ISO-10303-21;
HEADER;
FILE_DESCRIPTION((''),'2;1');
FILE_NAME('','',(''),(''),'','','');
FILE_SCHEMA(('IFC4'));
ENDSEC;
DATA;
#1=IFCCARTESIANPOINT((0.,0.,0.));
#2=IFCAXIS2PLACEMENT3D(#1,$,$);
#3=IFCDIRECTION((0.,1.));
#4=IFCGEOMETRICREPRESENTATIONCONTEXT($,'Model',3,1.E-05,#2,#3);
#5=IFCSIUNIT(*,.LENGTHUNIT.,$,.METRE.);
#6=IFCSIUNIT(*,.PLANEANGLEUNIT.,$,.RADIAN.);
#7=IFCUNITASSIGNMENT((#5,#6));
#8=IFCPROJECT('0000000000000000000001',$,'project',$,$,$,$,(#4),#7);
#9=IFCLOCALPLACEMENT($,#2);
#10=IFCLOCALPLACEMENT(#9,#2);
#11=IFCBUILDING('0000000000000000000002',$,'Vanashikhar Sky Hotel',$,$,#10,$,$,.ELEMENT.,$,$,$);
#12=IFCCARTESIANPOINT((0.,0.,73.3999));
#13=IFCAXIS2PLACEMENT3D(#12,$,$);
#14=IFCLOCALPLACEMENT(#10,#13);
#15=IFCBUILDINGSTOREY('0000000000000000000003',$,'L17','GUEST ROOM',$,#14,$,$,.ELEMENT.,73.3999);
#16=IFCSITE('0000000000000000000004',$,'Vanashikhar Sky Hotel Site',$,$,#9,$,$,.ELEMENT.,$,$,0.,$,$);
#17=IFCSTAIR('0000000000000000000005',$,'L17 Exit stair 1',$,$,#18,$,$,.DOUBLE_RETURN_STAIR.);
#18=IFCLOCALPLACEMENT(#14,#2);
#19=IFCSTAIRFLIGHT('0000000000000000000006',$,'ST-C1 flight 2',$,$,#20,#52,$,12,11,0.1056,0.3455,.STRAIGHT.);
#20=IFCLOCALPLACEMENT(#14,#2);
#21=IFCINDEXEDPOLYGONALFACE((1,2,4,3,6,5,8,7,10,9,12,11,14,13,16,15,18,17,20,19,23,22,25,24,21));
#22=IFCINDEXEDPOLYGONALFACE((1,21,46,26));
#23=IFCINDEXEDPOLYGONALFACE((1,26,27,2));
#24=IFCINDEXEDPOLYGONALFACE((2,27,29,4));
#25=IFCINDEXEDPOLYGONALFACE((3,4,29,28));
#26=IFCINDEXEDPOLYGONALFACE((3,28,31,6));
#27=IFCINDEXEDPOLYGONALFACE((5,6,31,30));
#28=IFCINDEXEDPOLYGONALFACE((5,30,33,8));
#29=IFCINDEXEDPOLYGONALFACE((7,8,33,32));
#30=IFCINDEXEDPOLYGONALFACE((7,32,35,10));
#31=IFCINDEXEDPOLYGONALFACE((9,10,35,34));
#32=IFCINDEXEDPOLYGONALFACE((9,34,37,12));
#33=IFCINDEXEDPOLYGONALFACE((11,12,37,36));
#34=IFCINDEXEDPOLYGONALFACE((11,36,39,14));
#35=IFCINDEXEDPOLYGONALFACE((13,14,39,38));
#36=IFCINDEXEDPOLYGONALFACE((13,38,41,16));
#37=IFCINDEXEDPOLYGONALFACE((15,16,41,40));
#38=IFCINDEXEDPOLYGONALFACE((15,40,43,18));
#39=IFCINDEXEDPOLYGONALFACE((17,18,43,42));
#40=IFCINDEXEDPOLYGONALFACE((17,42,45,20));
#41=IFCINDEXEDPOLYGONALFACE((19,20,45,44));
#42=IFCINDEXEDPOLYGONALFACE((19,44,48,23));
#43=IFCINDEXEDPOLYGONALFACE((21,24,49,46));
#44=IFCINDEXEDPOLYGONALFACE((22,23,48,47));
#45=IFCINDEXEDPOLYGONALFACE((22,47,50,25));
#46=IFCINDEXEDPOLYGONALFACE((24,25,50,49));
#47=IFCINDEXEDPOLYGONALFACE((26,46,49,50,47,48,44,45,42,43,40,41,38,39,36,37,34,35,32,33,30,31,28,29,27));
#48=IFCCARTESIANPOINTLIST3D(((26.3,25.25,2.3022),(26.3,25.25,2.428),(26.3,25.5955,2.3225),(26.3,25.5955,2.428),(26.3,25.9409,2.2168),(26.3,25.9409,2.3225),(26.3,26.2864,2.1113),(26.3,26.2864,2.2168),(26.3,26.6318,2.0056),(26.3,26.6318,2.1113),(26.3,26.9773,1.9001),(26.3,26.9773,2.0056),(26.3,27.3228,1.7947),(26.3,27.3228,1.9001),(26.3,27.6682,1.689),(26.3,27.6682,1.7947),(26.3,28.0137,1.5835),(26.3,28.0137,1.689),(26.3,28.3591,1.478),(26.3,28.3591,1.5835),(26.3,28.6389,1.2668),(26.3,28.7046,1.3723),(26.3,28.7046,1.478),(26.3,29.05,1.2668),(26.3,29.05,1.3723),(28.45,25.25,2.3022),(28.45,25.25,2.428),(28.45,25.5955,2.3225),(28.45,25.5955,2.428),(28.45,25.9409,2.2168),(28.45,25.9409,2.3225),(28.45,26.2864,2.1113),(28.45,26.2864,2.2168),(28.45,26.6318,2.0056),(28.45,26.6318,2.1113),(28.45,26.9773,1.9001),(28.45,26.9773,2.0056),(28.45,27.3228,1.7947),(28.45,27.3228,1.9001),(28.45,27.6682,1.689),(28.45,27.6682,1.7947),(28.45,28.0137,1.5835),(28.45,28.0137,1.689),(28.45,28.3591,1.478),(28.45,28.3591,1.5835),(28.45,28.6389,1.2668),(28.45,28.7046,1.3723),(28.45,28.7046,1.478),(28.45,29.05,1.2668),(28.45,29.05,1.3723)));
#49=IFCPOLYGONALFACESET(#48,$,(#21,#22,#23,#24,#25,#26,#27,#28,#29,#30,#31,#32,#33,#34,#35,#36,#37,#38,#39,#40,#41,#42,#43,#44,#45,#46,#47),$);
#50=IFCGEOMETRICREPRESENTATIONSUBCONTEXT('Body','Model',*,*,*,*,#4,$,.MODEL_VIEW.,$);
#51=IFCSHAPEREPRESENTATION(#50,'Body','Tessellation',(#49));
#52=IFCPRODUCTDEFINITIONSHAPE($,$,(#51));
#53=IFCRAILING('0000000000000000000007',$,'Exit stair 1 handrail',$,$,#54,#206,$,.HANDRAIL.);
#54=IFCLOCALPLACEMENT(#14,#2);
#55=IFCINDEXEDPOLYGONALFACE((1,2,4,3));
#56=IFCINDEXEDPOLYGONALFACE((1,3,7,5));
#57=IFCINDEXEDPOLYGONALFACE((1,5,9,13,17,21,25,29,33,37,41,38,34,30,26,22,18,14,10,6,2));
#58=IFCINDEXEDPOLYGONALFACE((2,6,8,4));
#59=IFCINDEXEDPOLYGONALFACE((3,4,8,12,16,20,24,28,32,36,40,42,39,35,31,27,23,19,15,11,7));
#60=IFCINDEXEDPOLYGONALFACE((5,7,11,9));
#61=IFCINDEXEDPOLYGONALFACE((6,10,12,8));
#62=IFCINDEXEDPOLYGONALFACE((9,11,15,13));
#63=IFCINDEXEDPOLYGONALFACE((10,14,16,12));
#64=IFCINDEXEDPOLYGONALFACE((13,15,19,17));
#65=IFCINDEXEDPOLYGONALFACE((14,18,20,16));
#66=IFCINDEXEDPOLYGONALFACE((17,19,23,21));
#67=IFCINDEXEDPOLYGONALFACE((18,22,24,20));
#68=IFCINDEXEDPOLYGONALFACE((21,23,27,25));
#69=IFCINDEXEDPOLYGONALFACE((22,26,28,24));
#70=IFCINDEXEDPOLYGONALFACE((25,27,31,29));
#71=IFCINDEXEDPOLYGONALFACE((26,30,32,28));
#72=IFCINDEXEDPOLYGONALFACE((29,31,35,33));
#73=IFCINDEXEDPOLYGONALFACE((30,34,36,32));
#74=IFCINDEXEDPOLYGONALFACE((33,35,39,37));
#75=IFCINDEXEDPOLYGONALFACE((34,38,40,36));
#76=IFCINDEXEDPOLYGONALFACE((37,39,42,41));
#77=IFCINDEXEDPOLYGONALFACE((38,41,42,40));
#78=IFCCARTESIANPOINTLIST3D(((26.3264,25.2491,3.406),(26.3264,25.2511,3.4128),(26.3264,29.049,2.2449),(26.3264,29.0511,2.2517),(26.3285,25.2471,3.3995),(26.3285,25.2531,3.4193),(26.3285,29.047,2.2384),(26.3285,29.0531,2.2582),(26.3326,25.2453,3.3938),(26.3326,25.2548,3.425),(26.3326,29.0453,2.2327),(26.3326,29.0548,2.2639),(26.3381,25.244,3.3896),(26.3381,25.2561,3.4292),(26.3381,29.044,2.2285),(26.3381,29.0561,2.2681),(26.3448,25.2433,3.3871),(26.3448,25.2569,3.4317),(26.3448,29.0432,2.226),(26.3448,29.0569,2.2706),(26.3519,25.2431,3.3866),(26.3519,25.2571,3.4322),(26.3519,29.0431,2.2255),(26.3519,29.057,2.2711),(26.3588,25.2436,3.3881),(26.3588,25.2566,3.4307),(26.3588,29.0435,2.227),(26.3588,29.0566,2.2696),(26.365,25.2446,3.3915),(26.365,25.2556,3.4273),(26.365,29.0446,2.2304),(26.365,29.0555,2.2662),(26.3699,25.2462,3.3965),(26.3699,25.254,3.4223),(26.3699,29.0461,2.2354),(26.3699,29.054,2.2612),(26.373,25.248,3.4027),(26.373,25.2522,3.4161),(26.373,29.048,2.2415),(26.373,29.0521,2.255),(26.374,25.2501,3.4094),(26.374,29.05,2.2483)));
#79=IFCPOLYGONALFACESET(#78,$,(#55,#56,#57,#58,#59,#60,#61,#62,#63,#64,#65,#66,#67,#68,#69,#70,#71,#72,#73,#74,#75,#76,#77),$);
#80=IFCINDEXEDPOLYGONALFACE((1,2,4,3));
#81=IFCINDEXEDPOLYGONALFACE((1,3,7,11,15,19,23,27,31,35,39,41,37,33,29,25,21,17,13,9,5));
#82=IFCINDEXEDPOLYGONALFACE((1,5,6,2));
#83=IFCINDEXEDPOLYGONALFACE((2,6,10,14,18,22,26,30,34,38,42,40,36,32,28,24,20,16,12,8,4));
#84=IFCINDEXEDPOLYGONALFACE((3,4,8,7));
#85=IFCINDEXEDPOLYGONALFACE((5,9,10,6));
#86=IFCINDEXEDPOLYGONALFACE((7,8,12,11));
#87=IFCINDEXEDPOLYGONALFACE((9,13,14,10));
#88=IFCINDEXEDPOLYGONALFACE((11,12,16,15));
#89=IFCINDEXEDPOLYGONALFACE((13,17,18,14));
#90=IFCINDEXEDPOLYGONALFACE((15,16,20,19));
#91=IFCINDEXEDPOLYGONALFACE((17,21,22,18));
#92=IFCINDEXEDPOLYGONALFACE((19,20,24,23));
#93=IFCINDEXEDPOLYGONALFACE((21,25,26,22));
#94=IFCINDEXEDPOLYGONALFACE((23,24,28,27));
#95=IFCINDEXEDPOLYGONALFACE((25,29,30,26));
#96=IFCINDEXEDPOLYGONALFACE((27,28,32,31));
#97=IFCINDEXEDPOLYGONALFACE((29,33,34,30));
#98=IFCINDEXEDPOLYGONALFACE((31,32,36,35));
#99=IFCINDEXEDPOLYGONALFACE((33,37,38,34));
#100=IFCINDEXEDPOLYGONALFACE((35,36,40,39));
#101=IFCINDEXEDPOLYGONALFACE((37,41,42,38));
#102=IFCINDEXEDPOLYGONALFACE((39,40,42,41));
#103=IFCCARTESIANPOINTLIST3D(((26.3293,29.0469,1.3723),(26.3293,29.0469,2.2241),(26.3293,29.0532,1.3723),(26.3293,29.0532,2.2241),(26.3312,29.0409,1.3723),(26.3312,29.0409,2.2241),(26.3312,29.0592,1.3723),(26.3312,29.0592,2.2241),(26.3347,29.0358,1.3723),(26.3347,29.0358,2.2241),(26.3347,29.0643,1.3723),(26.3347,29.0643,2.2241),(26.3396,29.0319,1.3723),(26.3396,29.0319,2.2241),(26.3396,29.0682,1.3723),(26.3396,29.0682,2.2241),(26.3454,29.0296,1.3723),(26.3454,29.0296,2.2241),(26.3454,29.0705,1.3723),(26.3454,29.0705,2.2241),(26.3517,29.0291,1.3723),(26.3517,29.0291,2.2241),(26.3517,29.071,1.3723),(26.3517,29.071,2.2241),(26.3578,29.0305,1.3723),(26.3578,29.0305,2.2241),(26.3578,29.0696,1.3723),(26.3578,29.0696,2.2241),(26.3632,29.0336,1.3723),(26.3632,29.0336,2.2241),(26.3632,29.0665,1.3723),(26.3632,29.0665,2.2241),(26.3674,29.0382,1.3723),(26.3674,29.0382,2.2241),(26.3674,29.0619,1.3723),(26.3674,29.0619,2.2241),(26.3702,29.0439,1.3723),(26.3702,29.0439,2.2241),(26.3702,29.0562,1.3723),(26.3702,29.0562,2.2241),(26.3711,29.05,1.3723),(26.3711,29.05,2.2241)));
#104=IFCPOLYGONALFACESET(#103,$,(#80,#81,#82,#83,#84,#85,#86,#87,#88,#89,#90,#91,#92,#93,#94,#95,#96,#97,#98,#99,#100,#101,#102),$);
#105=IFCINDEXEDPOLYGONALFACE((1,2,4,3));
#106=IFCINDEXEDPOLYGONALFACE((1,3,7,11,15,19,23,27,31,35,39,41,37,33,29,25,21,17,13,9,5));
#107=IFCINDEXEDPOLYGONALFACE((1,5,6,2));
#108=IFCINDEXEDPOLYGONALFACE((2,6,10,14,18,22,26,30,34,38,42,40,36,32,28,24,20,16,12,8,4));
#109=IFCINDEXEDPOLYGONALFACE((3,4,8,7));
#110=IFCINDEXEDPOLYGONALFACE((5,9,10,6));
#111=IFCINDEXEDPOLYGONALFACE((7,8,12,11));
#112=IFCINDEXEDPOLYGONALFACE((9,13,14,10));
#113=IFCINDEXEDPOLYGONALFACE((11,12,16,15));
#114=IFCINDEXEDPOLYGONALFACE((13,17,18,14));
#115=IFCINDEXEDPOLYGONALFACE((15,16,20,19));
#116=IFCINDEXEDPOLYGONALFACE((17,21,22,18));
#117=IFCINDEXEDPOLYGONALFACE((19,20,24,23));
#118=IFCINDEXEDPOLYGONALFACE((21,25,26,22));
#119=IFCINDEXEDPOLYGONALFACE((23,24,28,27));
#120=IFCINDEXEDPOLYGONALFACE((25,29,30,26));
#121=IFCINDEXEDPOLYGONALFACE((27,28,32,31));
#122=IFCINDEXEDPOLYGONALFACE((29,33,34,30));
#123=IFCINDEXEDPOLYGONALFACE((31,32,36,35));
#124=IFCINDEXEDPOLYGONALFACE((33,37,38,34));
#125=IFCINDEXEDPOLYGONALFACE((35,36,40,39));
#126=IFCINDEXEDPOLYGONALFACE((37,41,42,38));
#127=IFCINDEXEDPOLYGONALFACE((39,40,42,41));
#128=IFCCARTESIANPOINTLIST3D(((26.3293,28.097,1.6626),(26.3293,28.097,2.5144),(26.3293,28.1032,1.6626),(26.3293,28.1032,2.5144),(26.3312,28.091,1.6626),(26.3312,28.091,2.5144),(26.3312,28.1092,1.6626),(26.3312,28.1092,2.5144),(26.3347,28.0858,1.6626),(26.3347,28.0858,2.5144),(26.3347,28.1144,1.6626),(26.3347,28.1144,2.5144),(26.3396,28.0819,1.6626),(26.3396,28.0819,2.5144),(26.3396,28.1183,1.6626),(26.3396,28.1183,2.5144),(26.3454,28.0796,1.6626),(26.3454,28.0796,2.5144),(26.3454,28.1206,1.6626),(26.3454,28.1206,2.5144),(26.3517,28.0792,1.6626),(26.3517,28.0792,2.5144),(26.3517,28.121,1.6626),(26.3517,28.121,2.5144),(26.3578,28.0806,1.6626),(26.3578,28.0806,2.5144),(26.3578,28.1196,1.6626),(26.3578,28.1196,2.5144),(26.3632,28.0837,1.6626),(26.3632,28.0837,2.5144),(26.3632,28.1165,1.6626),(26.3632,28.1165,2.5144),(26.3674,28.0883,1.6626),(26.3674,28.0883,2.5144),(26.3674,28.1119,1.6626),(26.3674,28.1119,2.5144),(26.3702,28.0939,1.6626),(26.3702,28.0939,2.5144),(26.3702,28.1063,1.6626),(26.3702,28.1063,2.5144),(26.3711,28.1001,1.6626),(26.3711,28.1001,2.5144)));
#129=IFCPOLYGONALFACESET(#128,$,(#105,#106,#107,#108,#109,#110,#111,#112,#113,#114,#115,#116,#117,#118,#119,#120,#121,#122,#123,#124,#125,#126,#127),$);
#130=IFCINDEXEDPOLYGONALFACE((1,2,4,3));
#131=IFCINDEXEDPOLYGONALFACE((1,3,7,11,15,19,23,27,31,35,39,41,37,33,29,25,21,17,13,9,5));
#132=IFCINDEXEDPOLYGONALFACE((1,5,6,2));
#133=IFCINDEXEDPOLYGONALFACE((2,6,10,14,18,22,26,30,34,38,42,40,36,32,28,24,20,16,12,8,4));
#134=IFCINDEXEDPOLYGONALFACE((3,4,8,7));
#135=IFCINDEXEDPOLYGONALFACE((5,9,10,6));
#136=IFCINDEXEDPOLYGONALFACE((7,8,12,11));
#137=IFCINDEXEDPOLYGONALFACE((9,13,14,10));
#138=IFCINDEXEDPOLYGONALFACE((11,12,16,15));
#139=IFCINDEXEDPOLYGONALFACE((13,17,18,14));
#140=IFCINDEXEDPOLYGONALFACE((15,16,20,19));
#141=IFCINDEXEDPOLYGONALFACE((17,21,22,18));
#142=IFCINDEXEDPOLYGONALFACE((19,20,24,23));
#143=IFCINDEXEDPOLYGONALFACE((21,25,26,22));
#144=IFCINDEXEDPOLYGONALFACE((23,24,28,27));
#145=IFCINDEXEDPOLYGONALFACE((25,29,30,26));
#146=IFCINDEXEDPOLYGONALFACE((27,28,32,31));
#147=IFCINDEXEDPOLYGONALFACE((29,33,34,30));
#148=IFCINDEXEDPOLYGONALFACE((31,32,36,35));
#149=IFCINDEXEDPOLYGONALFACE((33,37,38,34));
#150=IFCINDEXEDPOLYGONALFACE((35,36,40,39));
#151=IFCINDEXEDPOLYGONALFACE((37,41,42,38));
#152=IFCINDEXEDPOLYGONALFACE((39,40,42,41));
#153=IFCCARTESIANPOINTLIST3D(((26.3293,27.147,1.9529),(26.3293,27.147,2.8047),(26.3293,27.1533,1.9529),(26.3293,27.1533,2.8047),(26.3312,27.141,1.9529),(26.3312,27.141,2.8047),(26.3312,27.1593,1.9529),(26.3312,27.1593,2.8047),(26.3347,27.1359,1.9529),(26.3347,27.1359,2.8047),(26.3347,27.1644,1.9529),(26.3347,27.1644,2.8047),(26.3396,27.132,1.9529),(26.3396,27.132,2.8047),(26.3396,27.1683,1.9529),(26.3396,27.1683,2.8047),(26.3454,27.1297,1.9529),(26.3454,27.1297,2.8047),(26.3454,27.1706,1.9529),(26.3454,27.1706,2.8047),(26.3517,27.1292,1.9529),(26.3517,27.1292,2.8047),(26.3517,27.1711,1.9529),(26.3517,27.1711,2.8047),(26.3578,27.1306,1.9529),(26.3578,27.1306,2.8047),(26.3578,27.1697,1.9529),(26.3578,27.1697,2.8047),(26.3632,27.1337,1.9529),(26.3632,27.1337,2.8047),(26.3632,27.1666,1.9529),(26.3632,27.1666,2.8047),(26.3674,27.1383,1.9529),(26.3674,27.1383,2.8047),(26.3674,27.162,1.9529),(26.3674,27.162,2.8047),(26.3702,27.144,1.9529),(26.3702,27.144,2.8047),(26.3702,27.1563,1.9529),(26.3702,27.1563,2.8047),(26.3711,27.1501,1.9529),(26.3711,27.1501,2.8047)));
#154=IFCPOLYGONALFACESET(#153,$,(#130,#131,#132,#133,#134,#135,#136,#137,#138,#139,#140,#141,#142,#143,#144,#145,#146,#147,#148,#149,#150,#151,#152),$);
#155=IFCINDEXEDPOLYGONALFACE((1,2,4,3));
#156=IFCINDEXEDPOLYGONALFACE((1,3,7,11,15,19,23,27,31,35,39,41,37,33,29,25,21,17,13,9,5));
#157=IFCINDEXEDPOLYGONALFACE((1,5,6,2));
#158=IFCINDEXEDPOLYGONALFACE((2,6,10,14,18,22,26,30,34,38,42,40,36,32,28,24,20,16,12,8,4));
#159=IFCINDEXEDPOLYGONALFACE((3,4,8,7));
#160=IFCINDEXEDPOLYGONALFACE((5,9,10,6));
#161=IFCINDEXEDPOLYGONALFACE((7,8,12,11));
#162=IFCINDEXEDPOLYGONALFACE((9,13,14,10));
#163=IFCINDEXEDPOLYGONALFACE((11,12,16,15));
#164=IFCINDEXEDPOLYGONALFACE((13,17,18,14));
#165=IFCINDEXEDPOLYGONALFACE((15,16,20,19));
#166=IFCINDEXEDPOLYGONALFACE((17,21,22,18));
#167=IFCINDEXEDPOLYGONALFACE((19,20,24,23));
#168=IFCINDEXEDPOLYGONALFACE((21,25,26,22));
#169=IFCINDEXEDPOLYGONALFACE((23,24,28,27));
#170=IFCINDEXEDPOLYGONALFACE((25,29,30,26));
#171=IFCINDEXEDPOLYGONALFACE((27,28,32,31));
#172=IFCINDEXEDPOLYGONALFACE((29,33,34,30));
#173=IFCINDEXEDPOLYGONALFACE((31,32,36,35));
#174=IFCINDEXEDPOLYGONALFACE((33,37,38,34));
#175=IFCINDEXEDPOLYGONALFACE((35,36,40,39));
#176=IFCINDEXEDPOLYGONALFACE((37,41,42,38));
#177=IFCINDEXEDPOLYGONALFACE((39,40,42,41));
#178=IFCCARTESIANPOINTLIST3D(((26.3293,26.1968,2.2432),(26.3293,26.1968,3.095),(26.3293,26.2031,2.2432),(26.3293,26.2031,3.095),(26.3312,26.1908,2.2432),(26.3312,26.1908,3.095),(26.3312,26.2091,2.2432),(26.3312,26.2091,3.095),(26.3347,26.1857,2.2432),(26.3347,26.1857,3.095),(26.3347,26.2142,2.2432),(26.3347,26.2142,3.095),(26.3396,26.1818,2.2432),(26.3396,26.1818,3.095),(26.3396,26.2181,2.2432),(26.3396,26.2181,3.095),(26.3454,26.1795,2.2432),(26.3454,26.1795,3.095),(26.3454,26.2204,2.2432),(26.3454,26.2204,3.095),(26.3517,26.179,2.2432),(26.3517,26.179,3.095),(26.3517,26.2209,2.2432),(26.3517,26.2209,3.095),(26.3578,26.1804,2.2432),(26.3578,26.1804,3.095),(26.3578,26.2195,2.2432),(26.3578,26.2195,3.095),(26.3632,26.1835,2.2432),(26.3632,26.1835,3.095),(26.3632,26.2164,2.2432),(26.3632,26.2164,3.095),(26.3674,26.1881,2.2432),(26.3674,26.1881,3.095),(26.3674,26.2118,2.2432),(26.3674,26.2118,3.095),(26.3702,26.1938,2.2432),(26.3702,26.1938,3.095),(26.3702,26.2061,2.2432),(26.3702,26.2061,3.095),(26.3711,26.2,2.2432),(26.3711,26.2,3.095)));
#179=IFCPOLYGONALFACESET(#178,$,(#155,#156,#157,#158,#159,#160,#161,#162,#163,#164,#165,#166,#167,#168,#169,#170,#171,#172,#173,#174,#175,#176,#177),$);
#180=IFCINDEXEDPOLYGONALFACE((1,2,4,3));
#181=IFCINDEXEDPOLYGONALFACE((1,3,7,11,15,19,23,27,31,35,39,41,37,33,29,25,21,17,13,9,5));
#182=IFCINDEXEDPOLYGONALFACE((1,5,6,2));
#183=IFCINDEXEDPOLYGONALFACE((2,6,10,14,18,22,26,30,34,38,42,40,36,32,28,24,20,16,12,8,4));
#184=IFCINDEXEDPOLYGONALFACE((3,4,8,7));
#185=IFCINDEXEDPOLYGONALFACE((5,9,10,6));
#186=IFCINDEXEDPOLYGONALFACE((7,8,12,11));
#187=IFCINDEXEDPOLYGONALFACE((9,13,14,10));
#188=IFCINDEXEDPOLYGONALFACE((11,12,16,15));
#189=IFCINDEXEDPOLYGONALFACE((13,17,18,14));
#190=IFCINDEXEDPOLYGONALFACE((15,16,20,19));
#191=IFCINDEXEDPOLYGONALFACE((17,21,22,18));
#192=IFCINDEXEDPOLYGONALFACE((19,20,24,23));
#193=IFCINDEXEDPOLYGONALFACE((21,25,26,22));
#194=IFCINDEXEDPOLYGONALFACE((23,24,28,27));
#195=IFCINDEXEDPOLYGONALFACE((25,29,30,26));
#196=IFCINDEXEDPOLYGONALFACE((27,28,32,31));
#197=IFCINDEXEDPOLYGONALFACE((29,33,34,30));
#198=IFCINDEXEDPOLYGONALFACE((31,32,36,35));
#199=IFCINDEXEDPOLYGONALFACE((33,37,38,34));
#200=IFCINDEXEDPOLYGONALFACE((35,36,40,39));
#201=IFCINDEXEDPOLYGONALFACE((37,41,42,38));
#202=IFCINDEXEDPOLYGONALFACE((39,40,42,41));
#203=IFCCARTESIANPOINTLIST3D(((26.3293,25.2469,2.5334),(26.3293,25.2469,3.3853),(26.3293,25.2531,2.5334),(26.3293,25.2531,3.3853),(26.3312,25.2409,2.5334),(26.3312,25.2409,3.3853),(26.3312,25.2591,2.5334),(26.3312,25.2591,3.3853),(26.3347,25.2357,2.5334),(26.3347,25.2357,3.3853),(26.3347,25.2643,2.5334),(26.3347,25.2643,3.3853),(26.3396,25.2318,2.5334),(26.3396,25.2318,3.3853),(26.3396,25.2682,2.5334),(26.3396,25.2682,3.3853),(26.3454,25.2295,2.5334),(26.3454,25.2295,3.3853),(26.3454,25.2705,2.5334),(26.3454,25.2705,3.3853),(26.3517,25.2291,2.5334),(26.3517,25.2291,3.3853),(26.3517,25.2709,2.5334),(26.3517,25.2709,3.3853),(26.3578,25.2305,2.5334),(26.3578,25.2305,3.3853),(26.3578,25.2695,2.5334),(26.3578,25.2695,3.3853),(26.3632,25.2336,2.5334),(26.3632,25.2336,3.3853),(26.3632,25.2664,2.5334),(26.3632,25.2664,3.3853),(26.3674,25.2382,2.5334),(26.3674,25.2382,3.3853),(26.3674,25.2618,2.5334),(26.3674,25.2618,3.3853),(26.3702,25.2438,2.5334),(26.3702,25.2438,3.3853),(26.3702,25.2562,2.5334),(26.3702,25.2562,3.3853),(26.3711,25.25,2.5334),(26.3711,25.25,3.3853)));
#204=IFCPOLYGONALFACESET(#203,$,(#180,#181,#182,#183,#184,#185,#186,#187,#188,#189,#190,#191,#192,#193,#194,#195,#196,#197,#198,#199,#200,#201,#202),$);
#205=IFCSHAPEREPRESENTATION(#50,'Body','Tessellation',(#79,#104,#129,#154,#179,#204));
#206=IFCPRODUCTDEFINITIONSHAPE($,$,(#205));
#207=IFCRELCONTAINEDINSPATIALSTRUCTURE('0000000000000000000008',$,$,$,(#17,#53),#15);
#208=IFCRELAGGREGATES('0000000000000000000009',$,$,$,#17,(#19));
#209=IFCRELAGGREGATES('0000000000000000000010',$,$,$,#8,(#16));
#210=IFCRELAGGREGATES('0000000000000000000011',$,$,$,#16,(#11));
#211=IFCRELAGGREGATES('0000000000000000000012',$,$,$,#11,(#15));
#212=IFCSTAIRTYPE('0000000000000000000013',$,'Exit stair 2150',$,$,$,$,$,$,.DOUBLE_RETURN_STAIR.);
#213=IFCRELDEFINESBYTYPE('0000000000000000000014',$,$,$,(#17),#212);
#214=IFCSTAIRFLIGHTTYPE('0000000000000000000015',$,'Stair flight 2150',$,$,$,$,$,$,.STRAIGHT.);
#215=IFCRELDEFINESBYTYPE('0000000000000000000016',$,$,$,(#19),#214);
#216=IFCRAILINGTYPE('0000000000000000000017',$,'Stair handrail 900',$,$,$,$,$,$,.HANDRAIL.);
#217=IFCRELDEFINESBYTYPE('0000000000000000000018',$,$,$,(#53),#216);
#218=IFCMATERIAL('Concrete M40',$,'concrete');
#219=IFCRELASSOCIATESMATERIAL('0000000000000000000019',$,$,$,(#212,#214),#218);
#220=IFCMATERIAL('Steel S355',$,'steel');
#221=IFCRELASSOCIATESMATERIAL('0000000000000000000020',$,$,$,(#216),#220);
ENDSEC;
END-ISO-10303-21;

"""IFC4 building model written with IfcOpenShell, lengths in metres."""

from ifc_helpers import new_model, si_unit, direction, frame, origin, origin_2d, place, context, subcontext, project, spatial, polyline, circle, outline, extrude, source, transform, mapped, material, type_object, element, aggregate, save


model = new_model("IFC4")

# Units and contexts
model_context = context("Model", 3, precision=1e-05, world=origin(), true_north=direction((0.0, 1.0)))
body_context = subcontext(model_context, "Body", "Model", "MODEL_VIEW")
ifc_project = project(units=[si_unit("LENGTHUNIT", "METRE"), si_unit("PLANEANGLEUNIT", "RADIAN")], contexts=[model_context])

# Site, building, storey
site_placement = place(None, origin())
site = spatial("IfcSite", under=ifc_project, at=site_placement, Name="Vanashikhar Sky Hotel Site", CompositionType="ELEMENT", RefElevation=0.0)
building_placement = place(site_placement, origin())
building = spatial("IfcBuilding", under=site, at=building_placement, Name="Vanashikhar Sky Hotel", CompositionType="ELEMENT")
storey_placement = place(building_placement, frame((0.0, 0.0, 73.3999)))
storey = spatial("IfcBuildingStorey", under=building, at=storey_placement, Name="L17", Description="GUEST ROOM", CompositionType="ELEMENT", Elevation=73.3999)

# Stair, stair flight
ifc_material_1 = material(Name="Concrete M40", Category="concrete")
stair_type = type_object("IfcStairType", Name="Exit stair 2150", PredefinedType="DOUBLE_RETURN_STAIR", material=ifc_material_1)
stair_placement = place(storey_placement, origin())
stair = element("IfcStair", 1, at=stair_placement, inside=storey, type_object=stair_type, Name="L17 Exit stair 1", PredefinedType="DOUBLE_RETURN_STAIR")
stair_flight_type = type_object("IfcStairFlightType", Name="Stair flight 2150", PredefinedType="STRAIGHT", material=ifc_material_1)
shared_shape_1 = source(origin(), body_context, "Body", "SweptSolid", [
    extrude(outline(polyline([(0.0, 0.0), (0.0, 0.1055), (0.3455, 0.1055), (0.3455, 0.2112), (0.6909, 0.2112), (0.6909, 0.3167), (1.0364, 0.3167), (1.0364, 0.4221), (1.3818, 0.4221), (1.3818, 0.5278), (1.7273, 0.5278), (1.7273, 0.6333), (2.0728, 0.6333), (2.0728, 0.7388), (2.4182, 0.7388), (2.4182, 0.8445), (2.7637, 0.8445), (2.7637, 0.95), (3.1091, 0.95), (3.1091, 1.0557), (3.4546, 1.0557), (3.4546, 1.1611), (3.8, 1.1611), (3.8, 1.2666), (3.8, 1.0354), (0.4111, 0.0), (0.0, 0.0)])), frame((0.0, 1.075, 0.0), z_axis=(0.0, -1.0, 0.0), x_axis=(1.0, 0.0, 0.0)), (0.0, 0.0, 1.0), 2.1499),
])
stair_flight_placement = place(storey_placement, frame((27.375, 29.05, 1.2668), z_axis=(0.0, 0.0, 1.0), x_axis=(0.0, -1.0, 0.0)))
stair_flight = element("IfcStairFlight", 2, at=stair_flight_placement, type_object=stair_flight_type, Name="ST-C1 flight 2", NumberOfRisers=12, NumberOfTreads=11, PredefinedType="STRAIGHT", RiserHeight=0.1056, TreadLength=0.3455, context=body_context, shape_type="MappedRepresentation", body=[
    mapped(shared_shape_1, transform((0.0, 0.0, 0.0), scale=1.0)),
])
aggregate(stair, [stair_flight])

# Railing
ifc_material_2 = material(Name="Steel S355", Category="steel")
railing_type_1 = type_object("IfcRailingType", Name="Stair handrail 900", PredefinedType="HANDRAIL", material=ifc_material_2)
shared_shape_2 = source(origin(), body_context, "Body", "SweptSolid", [
    extrude(circle(Radius=0.0239, at=origin_2d()), frame((0.0, 0.0, 0.876), z_axis=(0.0, -0.956351, 0.29222), x_axis=(1.0, 0.0, 0.0)), (0.0, 0.0, 1.0), 3.9734),
    extrude(circle(Radius=0.021, at=origin_2d()), origin(), (0.0, 0.0, 1.0), 0.8518),
    extrude(circle(Radius=0.021, at=origin_2d()), frame((0.0, -0.95, 0.2903)), (0.0, 0.0, 1.0), 0.8518),
    extrude(circle(Radius=0.021, at=origin_2d()), frame((0.0, -1.8999, 0.5806)), (0.0, 0.0, 1.0), 0.8518),
    extrude(circle(Radius=0.021, at=origin_2d()), frame((0.0, -2.8501, 0.8708)), (0.0, 0.0, 1.0), 0.8518),
    extrude(circle(Radius=0.021, at=origin_2d()), frame((0.0, -3.8, 1.1611)), (0.0, 0.0, 1.0), 0.8518),
])
railing_1_placement = place(storey_placement, frame((26.3501, 29.05, 1.3723)))
element("IfcRailing", 3, at=railing_1_placement, inside=storey, type_object=railing_type_1, Name="Exit stair 1 handrail", PredefinedType="HANDRAIL", context=body_context, shape_type="MappedRepresentation", body=[
    mapped(shared_shape_2, transform((0.0, 0.0, 0.0), scale=1.0)),
])

save(model, "model.ifc")
